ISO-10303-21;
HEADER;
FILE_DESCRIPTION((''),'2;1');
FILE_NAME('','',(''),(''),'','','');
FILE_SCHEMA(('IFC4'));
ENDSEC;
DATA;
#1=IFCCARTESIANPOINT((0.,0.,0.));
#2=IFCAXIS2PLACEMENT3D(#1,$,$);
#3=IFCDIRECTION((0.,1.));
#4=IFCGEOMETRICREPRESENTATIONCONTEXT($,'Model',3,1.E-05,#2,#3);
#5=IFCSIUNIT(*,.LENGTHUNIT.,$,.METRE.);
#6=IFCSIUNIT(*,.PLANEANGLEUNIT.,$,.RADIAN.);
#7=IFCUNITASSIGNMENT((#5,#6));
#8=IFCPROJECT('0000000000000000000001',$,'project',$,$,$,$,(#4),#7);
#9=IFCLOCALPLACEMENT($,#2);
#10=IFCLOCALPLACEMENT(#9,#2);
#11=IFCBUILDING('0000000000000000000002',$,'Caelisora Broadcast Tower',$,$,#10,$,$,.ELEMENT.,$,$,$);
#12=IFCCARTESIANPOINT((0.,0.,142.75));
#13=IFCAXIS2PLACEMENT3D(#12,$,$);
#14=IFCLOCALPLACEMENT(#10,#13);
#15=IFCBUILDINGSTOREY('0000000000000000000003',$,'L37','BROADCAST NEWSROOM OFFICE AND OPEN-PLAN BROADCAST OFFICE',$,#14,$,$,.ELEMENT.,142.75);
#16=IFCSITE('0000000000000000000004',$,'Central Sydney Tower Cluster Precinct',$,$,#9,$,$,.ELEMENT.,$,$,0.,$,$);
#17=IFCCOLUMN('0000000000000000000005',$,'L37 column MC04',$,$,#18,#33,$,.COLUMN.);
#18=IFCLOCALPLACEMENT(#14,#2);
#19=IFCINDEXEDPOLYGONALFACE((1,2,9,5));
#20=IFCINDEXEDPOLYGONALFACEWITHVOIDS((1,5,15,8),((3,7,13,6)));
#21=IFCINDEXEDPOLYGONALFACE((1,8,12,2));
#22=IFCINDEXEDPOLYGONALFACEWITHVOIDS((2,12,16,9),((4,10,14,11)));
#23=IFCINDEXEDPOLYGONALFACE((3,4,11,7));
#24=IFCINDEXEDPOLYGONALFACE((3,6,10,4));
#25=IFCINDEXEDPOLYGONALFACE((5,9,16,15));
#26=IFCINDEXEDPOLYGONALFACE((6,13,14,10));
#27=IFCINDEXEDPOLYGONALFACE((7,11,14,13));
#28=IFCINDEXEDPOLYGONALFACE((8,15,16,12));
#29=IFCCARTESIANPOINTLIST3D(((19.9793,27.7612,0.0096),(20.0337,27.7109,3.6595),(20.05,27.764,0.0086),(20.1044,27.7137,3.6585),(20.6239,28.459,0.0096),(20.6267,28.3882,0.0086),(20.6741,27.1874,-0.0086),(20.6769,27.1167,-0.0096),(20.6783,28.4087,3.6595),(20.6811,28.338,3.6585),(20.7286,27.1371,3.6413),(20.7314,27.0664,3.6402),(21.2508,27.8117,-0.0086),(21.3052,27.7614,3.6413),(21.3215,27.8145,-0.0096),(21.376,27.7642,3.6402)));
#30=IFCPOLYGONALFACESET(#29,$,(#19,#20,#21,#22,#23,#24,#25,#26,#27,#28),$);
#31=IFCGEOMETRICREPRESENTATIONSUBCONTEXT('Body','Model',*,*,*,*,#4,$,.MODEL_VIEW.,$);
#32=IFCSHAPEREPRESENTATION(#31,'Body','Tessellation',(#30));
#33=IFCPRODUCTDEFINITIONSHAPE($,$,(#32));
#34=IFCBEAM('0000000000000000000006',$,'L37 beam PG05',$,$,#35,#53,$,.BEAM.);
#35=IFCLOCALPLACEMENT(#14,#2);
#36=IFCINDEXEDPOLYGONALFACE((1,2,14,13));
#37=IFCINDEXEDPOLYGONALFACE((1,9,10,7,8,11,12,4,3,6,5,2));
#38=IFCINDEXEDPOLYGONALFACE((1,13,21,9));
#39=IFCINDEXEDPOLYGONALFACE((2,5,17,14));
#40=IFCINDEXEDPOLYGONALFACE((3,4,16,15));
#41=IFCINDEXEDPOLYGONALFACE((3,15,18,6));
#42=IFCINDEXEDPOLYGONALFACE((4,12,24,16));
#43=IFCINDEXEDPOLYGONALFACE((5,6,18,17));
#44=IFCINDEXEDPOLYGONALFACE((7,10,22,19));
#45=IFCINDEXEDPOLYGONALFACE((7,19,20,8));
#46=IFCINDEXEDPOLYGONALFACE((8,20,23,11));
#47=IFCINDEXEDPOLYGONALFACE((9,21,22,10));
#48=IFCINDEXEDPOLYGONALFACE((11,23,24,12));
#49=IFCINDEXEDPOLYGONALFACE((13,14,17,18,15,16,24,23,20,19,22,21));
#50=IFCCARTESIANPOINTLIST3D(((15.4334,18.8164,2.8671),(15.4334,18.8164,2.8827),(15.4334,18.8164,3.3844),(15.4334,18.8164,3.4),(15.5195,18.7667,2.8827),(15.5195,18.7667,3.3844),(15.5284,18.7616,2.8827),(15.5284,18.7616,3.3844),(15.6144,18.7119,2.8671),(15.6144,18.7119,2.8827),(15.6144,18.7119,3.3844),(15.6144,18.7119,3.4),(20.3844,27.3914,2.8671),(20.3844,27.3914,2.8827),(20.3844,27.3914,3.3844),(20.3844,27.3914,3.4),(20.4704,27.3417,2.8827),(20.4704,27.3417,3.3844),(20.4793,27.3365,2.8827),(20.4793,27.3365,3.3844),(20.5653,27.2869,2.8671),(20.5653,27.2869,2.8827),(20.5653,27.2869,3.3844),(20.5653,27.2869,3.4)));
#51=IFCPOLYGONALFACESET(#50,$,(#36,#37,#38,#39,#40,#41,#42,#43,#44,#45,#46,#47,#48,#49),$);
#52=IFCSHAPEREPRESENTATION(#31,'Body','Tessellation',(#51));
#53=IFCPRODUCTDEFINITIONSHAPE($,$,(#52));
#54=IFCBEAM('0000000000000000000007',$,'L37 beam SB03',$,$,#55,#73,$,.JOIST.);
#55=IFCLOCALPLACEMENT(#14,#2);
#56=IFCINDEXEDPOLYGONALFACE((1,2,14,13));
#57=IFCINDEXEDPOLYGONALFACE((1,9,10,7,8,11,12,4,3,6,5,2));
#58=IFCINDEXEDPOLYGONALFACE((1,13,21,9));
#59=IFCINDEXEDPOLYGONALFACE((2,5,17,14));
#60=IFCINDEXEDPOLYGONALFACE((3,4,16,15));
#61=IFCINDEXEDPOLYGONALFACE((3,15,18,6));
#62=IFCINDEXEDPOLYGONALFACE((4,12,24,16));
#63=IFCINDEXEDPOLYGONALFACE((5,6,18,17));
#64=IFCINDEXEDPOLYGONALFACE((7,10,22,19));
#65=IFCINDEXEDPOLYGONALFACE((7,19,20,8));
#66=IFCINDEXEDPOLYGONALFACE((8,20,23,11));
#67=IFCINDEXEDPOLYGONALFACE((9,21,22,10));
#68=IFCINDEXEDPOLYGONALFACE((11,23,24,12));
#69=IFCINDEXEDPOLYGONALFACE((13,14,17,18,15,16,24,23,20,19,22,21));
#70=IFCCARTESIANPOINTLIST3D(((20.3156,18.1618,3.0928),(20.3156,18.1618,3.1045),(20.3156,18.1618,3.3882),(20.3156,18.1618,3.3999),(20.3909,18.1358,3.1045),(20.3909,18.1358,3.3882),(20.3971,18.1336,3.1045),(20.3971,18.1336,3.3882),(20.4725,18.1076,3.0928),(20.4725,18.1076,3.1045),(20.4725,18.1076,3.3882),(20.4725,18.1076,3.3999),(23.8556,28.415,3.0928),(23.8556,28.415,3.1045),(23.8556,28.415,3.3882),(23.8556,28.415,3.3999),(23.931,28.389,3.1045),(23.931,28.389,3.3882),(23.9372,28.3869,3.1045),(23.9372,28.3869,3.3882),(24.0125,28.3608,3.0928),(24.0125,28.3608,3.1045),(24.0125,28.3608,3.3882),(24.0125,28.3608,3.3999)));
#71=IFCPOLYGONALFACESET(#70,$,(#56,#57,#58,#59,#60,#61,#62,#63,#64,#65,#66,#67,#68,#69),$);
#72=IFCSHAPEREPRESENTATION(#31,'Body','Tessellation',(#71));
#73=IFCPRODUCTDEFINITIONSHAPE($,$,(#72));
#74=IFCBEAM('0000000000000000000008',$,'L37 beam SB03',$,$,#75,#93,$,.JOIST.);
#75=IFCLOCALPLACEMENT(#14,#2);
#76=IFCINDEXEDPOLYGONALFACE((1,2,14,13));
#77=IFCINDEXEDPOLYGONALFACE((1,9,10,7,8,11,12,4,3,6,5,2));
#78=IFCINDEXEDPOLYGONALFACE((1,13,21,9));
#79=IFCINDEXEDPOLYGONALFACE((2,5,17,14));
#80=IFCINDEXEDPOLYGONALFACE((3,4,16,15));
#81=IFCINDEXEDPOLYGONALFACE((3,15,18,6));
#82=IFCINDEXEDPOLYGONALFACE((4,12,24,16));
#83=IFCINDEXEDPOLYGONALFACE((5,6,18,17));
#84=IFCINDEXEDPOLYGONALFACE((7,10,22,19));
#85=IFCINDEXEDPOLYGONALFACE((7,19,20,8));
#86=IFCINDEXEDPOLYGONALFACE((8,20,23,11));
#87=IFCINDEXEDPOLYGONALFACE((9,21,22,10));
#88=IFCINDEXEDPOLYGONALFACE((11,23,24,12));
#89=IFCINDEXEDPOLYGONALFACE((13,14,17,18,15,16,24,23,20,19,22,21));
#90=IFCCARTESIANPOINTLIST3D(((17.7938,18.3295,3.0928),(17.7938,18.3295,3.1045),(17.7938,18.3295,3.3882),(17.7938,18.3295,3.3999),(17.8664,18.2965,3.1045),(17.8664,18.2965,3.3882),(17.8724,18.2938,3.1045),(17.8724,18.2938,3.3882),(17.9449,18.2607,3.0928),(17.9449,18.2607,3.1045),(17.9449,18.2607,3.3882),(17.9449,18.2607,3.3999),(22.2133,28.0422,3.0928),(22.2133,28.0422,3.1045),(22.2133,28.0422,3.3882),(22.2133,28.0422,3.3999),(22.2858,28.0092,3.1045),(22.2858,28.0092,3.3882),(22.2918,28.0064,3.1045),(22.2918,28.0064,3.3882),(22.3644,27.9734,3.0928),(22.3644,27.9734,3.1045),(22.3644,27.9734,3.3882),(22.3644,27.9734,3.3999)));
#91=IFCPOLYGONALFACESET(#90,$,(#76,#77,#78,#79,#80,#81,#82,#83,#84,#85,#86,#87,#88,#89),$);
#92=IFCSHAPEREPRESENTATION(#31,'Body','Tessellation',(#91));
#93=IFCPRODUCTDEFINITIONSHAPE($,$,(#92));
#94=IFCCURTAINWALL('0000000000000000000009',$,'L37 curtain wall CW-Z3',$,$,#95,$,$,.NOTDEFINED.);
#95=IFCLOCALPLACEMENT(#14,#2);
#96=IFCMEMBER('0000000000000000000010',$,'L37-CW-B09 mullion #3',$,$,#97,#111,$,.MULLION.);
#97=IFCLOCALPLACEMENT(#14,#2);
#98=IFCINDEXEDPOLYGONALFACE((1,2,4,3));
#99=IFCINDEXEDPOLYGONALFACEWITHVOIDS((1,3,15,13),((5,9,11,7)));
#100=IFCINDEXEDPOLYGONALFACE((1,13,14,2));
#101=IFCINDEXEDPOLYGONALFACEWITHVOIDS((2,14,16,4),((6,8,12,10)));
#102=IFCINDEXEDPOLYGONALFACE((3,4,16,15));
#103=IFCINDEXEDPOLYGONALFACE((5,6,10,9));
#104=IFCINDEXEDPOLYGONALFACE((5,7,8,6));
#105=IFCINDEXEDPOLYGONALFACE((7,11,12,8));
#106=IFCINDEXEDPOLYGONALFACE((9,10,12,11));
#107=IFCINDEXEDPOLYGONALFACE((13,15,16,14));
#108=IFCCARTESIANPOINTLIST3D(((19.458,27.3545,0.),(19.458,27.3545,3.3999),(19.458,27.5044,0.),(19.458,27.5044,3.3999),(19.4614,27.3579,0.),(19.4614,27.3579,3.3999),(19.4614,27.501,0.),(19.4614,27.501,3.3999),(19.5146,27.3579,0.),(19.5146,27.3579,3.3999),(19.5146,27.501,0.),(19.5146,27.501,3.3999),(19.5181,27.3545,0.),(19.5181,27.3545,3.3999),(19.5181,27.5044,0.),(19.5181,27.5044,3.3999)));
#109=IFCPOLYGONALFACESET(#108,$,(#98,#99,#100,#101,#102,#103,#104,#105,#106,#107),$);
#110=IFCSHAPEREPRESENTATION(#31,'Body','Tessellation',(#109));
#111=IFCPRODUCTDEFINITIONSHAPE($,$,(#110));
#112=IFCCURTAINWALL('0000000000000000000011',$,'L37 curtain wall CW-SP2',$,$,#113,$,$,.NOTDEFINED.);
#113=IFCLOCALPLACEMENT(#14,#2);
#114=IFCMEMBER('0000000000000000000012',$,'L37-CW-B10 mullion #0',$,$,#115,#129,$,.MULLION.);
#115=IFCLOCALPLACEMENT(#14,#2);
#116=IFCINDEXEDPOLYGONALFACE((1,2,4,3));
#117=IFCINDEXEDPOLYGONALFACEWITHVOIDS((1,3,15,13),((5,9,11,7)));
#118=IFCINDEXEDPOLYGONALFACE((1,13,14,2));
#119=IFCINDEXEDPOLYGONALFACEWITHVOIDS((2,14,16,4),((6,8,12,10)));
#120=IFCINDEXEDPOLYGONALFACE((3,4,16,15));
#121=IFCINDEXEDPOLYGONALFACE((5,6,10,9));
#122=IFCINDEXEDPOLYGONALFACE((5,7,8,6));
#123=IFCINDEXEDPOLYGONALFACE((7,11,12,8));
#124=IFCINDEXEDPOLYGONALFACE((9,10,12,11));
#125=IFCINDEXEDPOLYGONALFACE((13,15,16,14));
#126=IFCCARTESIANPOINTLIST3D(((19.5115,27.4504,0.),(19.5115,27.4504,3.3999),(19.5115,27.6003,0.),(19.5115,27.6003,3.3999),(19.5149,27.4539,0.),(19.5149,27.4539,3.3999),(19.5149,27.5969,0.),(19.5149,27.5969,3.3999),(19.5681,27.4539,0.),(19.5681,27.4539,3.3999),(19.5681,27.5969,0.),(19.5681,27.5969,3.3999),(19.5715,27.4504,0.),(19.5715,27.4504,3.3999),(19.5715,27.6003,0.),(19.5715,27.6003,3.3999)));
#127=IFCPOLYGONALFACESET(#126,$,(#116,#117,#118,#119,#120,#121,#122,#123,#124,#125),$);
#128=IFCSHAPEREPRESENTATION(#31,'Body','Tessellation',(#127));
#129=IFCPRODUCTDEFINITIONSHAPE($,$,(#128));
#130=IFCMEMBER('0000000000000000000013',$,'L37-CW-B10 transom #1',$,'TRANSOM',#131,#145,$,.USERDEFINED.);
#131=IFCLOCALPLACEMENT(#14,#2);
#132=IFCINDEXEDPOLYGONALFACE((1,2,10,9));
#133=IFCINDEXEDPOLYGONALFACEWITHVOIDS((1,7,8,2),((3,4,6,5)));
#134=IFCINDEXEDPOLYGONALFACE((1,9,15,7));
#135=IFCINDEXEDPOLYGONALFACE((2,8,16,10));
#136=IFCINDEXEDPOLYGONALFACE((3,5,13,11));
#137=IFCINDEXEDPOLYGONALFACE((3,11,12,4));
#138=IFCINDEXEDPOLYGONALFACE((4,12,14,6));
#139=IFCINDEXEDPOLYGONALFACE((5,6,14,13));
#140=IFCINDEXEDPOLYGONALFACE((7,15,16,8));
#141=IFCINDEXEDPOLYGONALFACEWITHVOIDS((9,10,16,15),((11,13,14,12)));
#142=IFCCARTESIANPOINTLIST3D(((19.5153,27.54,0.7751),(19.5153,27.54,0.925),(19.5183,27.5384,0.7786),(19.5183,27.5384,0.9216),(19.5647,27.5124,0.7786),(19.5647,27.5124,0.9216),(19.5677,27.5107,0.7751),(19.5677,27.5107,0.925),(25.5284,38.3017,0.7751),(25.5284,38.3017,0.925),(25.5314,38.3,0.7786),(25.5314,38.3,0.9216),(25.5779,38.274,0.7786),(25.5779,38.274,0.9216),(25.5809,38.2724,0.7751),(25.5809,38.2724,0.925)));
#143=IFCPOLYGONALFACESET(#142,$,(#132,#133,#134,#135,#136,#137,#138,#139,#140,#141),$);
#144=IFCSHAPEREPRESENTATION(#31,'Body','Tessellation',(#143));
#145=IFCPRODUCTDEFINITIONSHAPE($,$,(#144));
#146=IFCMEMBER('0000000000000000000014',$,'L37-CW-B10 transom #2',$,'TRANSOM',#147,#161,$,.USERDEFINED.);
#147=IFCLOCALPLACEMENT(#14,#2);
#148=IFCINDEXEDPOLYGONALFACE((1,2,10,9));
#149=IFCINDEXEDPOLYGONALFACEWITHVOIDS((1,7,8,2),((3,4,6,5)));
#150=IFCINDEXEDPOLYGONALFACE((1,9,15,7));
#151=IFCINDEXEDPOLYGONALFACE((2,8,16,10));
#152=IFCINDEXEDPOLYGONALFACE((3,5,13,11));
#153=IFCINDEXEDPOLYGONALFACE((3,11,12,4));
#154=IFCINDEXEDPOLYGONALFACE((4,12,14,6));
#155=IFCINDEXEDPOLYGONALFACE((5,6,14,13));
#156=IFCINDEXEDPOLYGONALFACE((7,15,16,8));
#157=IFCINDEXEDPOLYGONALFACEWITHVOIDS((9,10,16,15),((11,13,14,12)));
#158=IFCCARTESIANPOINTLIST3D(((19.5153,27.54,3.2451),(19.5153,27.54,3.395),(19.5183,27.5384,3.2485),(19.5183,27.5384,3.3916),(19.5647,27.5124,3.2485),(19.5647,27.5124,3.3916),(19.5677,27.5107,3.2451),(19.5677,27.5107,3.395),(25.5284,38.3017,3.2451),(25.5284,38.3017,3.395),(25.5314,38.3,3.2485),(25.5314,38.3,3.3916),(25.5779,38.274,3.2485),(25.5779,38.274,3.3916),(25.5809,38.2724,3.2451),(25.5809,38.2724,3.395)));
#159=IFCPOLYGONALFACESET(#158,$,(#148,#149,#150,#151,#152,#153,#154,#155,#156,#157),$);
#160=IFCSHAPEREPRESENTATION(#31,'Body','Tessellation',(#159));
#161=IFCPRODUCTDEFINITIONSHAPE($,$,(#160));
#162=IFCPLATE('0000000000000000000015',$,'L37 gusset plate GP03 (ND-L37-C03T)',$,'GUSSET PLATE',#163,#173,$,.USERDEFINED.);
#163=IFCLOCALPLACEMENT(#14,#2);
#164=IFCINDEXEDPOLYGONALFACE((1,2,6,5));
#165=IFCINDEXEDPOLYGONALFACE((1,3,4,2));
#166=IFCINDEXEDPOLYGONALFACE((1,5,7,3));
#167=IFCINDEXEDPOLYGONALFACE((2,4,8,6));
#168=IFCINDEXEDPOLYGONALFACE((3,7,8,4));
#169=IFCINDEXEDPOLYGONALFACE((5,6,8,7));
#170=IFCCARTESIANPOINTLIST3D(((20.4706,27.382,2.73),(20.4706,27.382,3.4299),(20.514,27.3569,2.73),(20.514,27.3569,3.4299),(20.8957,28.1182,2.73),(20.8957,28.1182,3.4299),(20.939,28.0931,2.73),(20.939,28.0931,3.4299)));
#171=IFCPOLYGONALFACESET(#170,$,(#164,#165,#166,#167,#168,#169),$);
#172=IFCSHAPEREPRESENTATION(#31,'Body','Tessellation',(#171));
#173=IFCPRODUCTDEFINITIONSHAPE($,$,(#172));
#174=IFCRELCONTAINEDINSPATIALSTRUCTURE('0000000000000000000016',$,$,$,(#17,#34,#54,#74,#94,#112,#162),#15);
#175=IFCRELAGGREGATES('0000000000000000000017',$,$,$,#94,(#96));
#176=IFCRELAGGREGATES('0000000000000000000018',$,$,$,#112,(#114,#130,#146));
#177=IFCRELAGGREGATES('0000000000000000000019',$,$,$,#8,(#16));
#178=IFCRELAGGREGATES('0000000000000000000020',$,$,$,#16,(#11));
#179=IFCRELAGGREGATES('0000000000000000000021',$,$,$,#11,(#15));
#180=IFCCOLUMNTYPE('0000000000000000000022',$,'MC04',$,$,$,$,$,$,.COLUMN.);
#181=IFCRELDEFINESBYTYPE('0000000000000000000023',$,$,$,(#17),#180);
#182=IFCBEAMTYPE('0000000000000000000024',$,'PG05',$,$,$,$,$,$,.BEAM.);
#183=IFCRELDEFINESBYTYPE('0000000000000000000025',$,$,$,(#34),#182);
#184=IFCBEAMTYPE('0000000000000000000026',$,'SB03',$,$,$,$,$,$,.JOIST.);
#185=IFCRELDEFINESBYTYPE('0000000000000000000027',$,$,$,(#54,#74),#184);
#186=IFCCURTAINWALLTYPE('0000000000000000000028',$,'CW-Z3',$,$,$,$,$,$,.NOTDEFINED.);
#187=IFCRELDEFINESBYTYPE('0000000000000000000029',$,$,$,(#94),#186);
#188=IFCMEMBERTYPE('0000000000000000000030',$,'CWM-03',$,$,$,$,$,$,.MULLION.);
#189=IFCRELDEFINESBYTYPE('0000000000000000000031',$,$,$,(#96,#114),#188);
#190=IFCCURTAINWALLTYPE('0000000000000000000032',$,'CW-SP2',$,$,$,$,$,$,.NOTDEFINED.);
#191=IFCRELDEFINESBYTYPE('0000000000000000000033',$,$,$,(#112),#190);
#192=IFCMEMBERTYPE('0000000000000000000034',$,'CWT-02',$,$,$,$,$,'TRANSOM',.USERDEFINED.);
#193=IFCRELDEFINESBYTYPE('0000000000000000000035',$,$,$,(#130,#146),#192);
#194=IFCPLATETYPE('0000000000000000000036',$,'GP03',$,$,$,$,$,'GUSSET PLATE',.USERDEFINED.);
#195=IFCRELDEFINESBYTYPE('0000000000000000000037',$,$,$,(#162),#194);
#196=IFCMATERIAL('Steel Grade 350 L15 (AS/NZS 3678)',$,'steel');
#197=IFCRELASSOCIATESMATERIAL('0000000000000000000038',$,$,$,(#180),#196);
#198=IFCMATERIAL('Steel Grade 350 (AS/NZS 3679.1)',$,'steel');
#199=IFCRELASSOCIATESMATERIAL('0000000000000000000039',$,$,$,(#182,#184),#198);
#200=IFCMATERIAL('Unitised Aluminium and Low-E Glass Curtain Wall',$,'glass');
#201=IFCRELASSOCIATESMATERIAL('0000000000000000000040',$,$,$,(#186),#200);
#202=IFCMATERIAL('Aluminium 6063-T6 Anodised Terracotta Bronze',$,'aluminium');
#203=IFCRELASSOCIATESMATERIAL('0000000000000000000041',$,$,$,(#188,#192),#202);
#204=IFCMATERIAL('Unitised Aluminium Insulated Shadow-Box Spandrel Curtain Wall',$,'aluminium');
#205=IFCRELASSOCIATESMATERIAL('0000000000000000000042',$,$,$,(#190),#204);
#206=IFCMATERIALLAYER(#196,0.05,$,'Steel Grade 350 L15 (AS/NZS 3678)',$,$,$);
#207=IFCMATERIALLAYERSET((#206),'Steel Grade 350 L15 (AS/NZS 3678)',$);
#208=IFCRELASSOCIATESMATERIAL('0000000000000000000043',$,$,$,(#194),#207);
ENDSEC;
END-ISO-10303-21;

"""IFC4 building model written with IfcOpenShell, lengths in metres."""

from ifc_helpers import new_model, si_unit, direction, frame, origin, origin_2d, place, context, subcontext, project, spatial, rectangle, hollow_rectangle, i_section, extrude, source, transform, mapped, material, layer, layer_set, material_profile, profile_set, type_object, type_shapes, element, aggregate, save


model = new_model("IFC4")

# Units and contexts
model_context = context("Model", 3, precision=1e-05, world=origin(), true_north=direction((0.0, 1.0)))
body_context = subcontext(model_context, "Body", "Model", "MODEL_VIEW")
ifc_project = project(units=[si_unit("LENGTHUNIT", "METRE"), si_unit("PLANEANGLEUNIT", "RADIAN")], contexts=[model_context])

# Site, building, storey
site_placement = place(None, origin())
site = spatial("IfcSite", under=ifc_project, at=site_placement, Name="Central Sydney Tower Cluster Precinct", CompositionType="ELEMENT", RefElevation=0.0)
building_placement = place(site_placement, origin())
building = spatial("IfcBuilding", under=site, at=building_placement, Name="Caelisora Broadcast Tower", CompositionType="ELEMENT")
storey_placement = place(building_placement, frame((0.0, 0.0, 142.75)))
storey = spatial("IfcBuildingStorey", under=building, at=storey_placement, Name="L37", Description="BROADCAST NEWSROOM OFFICE AND OPEN-PLAN BROADCAST OFFICE", CompositionType="ELEMENT", Elevation=142.75)

# Column
ifc_material_1 = material(Name="Steel Grade 350 L15 (AS/NZS 3678)", Category="steel")
ifc_material_profile_1 = material_profile(ifc_material_1, hollow_rectangle(XDim=0.95, YDim=0.95, WallThickness=0.05, at=origin_2d()), Name="Steel Grade 350 L15 (AS/NZS 3678)")
ifc_profile_set_1 = profile_set([ifc_material_profile_1], Name="Steel Grade 350 L15 (AS/NZS 3678)")
column_type = type_object("IfcColumnType", Name="MC04", PredefinedType="COLUMN", material=ifc_profile_set_1)
shared_shape_1 = source(origin(), body_context, "Body", "SweptSolid", [
    extrude(hollow_rectangle(XDim=0.95, YDim=0.95, WallThickness=0.05, at=origin_2d()), origin(), (0.0, 0.0, 1.0), 3.6506),
])
type_shapes(column_type, [shared_shape_1])
column_placement = place(storey_placement, frame((20.6504, 27.7878, 0.0), z_axis=(0.014913, -0.013776, 0.999794), x_axis=(0.678554, 0.734551, 0.0)))
element("IfcColumn", 1, at=column_placement, inside=storey, type_object=column_type, Name="L37 column MC04", PredefinedType="COLUMN", context=body_context, shape_type="MappedRepresentation", body=[
    mapped(shared_shape_1, transform((0.0, 0.0, 0.0), scale=1.0)),
])

# Beams
ifc_material_2 = material(Name="Steel Grade 350 (AS/NZS 3679.1)", Category="steel")
ifc_material_profile_2 = material_profile(ifc_material_2, i_section(OverallWidth=0.209, OverallDepth=0.533, WebThickness=0.0103, FlangeThickness=0.0156, at=origin_2d()), Name="Steel Grade 350 (AS/NZS 3679.1)")
ifc_profile_set_2 = profile_set([ifc_material_profile_2], Name="Steel Grade 350 (AS/NZS 3679.1)")
beam_type_1 = type_object("IfcBeamType", Name="PG05", PredefinedType="BEAM", material=ifc_profile_set_2)
shared_shape_2 = source(origin(), body_context, "Body", "SweptSolid", [
    extrude(i_section(OverallWidth=0.209, OverallDepth=0.533, WebThickness=0.0103, FlangeThickness=0.0156, at=origin_2d()), origin(), (0.0, 0.0, 1.0), 9.9016),
])
type_shapes(beam_type_1, [shared_shape_2])
beam_1_placement = place(storey_placement, frame((20.4749, 27.3391, 3.1335), z_axis=(-0.500013, -0.866018, 0.0), x_axis=(0.866018, -0.500013, 0.0)))
element("IfcBeam", 2, at=beam_1_placement, inside=storey, type_object=beam_type_1, Name="L37 beam PG05", PredefinedType="BEAM", context=body_context, shape_type="MappedRepresentation", body=[
    mapped(shared_shape_2, transform((0.0, 0.0, 0.0), scale=1.0)),
])
ifc_material_profile_3 = material_profile(ifc_material_2, i_section(OverallWidth=0.166, OverallDepth=0.3071, WebThickness=0.0066, FlangeThickness=0.0117, at=origin_2d()), Name="Steel Grade 350 (AS/NZS 3679.1)")
ifc_profile_set_3 = profile_set([ifc_material_profile_3], Name="Steel Grade 350 (AS/NZS 3679.1)")
beam_type_2 = type_object("IfcBeamType", Name="SB03", PredefinedType="JOIST", material=ifc_profile_set_3)
shared_shape_3 = source(origin(), body_context, "Body", "SweptSolid", [
    extrude(i_section(OverallWidth=0.166, OverallDepth=0.3071, WebThickness=0.0066, FlangeThickness=0.0117, at=origin_2d()), origin(), (0.0, 0.0, 1.0), 10.8472),
])
beam_2_placement = place(storey_placement, frame((23.9341, 28.3879, 3.2463), z_axis=(-0.326358, -0.945246, 0.0), x_axis=(0.945246, -0.326358, 0.0)))
element("IfcBeam", 3, at=beam_2_placement, inside=storey, type_object=beam_type_2, Name="L37 beam SB03", PredefinedType="JOIST", context=body_context, shape_type="MappedRepresentation", body=[
    mapped(shared_shape_3, transform((0.0, 0.0, 0.0), scale=1.0)),
])
shared_shape_4 = source(origin(), body_context, "Body", "SweptSolid", [
    extrude(i_section(OverallWidth=0.166, OverallDepth=0.3071, WebThickness=0.0066, FlangeThickness=0.0117, at=origin_2d()), origin(), (0.0, 0.0, 1.0), 10.6709),
])
type_shapes(beam_type_2, [shared_shape_3, shared_shape_4])
beam_3_placement = place(storey_placement, frame((22.2888, 28.0078, 3.2463), z_axis=(-0.41416, -0.910204, 0.0), x_axis=(0.910204, -0.41416, 0.0)))
element("IfcBeam", 4, at=beam_3_placement, inside=storey, type_object=beam_type_2, Name="L37 beam SB03", PredefinedType="JOIST", context=body_context, shape_type="MappedRepresentation", body=[
    mapped(shared_shape_4, transform((0.0, 0.0, 0.0), scale=1.0)),
])

# Curtain wall, member
ifc_material_3 = material(Name="Unitised Aluminium and Low-E Glass Curtain Wall", Category="glass")
curtain_wall_type_1 = type_object("IfcCurtainWallType", Name="CW-Z3", PredefinedType="NOTDEFINED", material=ifc_material_3)
curtain_wall_1_placement = place(storey_placement, origin())
curtain_wall_1 = element("IfcCurtainWall", 5, at=curtain_wall_1_placement, inside=storey, type_object=curtain_wall_type_1, Name="L37 curtain wall CW-Z3", PredefinedType="NOTDEFINED")
ifc_material_4 = material(Name="Aluminium 6063-T6 Anodised Terracotta Bronze", Category="aluminium")
ifc_material_profile_4 = material_profile(ifc_material_4, hollow_rectangle(XDim=0.0601, YDim=0.1499, WallThickness=0.0034, at=origin_2d()), Name="Aluminium 6063-T6 Anodised Terracotta Bronze")
ifc_profile_set_4 = profile_set([ifc_material_profile_4], Name="Aluminium 6063-T6 Anodised Terracotta Bronze")
member_type_1 = type_object("IfcMemberType", Name="CWM-03", PredefinedType="MULLION", material=ifc_profile_set_4)
shared_shape_5 = source(origin(), body_context, "Body", "SweptSolid", [
    extrude(hollow_rectangle(XDim=0.0601, YDim=0.1499, WallThickness=0.0034, at=origin_2d()), origin(), (0.0, 0.0, 1.0), 3.3999),
])
type_shapes(member_type_1, [shared_shape_5])
member_1_placement = place(storey_placement, frame((19.488, 27.4294, 0.0), z_axis=(0.0, 0.0, 1.0), x_axis=(1.0, 0.0, 0.0)))
member_1 = element("IfcMember", 6, at=member_1_placement, type_object=member_type_1, Name="L37-CW-B09 mullion #3", PredefinedType="MULLION", context=body_context, shape_type="MappedRepresentation", body=[
    mapped(shared_shape_5, transform((0.0, 0.0, 0.0), scale=1.0)),
])

# Curtain wall, members
ifc_material_5 = material(Name="Unitised Aluminium Insulated Shadow-Box Spandrel Curtain Wall", Category="aluminium")
curtain_wall_type_2 = type_object("IfcCurtainWallType", Name="CW-SP2", PredefinedType="NOTDEFINED", material=ifc_material_5)
curtain_wall_2_placement = place(storey_placement, origin())
curtain_wall_2 = element("IfcCurtainWall", 7, at=curtain_wall_2_placement, inside=storey, type_object=curtain_wall_type_2, Name="L37 curtain wall CW-SP2", PredefinedType="NOTDEFINED")
member_2_placement = place(storey_placement, frame((19.5415, 27.5254, 0.0), z_axis=(0.0, 0.0, 1.0), x_axis=(1.0, 0.0, 0.0)))
member_2 = element("IfcMember", 8, at=member_2_placement, type_object=member_type_1, Name="L37-CW-B10 mullion #0", PredefinedType="MULLION", context=body_context, shape_type="MappedRepresentation", body=[
    mapped(shared_shape_5, transform((0.0, 0.0, 0.0), scale=1.0)),
])
ifc_material_profile_5 = material_profile(ifc_material_4, hollow_rectangle(XDim=0.0601, YDim=0.1499, WallThickness=0.0034, at=origin_2d()), Name="Aluminium 6063-T6 Anodised Terracotta Bronze")
ifc_profile_set_5 = profile_set([ifc_material_profile_5], Name="Aluminium 6063-T6 Anodised Terracotta Bronze")
member_type_2 = type_object("IfcMemberType", Name="CWT-02", ElementType="TRANSOM", PredefinedType="USERDEFINED", material=ifc_profile_set_5)
shared_shape_6 = source(origin(), body_context, "Body", "SweptSolid", [
    extrude(hollow_rectangle(XDim=0.0601, YDim=0.1499, WallThickness=0.0034, at=origin_2d()), origin(), (0.0, 0.0, 1.0), 12.3276),
])
type_shapes(member_type_2, [shared_shape_6])
member_3_placement = place(storey_placement, frame((19.5415, 27.5254, 0.8501), z_axis=(0.487777, 0.872968, 0.0), x_axis=(-0.872968, 0.487777, 0.0)))
member_3 = element("IfcMember", 9, at=member_3_placement, type_object=member_type_2, Name="L37-CW-B10 transom #1", ObjectType="TRANSOM", PredefinedType="USERDEFINED", context=body_context, shape_type="MappedRepresentation", body=[
    mapped(shared_shape_6, transform((0.0, 0.0, 0.0), scale=1.0)),
])
member_4_placement = place(storey_placement, frame((19.5415, 27.5254, 3.3201), z_axis=(0.487777, 0.872968, 0.0), x_axis=(-0.872968, 0.487777, 0.0)))
member_4 = element("IfcMember", 10, at=member_4_placement, type_object=member_type_2, Name="L37-CW-B10 transom #2", ObjectType="TRANSOM", PredefinedType="USERDEFINED", context=body_context, shape_type="MappedRepresentation", body=[
    mapped(shared_shape_6, transform((0.0, 0.0, 0.0), scale=1.0)),
])

# Plate
ifc_layer_1 = layer(ifc_material_1, 0.05, Name="Steel Grade 350 L15 (AS/NZS 3678)")
ifc_layer_set_1 = layer_set([ifc_layer_1], Name="Steel Grade 350 L15 (AS/NZS 3678)")
plate_type_1 = type_object("IfcPlateType", Name="GP03", ElementType="GUSSET PLATE", PredefinedType="USERDEFINED", material=ifc_layer_set_1)
shared_shape_7 = source(origin(), body_context, "Body", "SweptSolid", [
    extrude(rectangle(XDim=0.8501, YDim=0.05, at=origin_2d()), origin(), (0.0, 0.0, 1.0), 0.7),
])
type_shapes(plate_type_1, [shared_shape_7])
plate_1_placement = place(storey_placement, frame((20.7048, 27.7375, 2.73), z_axis=(0.0, 0.0, 1.0), x_axis=(-0.5, -0.866025, 0.0)))
element("IfcPlate", 11, at=plate_1_placement, inside=storey, type_object=plate_type_1, Name="L37 gusset plate GP03 (ND-L37-C03T)", ObjectType="GUSSET PLATE", PredefinedType="USERDEFINED", context=body_context, shape_type="MappedRepresentation", body=[
    mapped(shared_shape_7, transform((0.0, 0.0, 0.0), scale=1.0)),
])
aggregate(curtain_wall_1, [member_1])
aggregate(curtain_wall_2, [member_2, member_3, member_4])

save(model, "model.ifc")
